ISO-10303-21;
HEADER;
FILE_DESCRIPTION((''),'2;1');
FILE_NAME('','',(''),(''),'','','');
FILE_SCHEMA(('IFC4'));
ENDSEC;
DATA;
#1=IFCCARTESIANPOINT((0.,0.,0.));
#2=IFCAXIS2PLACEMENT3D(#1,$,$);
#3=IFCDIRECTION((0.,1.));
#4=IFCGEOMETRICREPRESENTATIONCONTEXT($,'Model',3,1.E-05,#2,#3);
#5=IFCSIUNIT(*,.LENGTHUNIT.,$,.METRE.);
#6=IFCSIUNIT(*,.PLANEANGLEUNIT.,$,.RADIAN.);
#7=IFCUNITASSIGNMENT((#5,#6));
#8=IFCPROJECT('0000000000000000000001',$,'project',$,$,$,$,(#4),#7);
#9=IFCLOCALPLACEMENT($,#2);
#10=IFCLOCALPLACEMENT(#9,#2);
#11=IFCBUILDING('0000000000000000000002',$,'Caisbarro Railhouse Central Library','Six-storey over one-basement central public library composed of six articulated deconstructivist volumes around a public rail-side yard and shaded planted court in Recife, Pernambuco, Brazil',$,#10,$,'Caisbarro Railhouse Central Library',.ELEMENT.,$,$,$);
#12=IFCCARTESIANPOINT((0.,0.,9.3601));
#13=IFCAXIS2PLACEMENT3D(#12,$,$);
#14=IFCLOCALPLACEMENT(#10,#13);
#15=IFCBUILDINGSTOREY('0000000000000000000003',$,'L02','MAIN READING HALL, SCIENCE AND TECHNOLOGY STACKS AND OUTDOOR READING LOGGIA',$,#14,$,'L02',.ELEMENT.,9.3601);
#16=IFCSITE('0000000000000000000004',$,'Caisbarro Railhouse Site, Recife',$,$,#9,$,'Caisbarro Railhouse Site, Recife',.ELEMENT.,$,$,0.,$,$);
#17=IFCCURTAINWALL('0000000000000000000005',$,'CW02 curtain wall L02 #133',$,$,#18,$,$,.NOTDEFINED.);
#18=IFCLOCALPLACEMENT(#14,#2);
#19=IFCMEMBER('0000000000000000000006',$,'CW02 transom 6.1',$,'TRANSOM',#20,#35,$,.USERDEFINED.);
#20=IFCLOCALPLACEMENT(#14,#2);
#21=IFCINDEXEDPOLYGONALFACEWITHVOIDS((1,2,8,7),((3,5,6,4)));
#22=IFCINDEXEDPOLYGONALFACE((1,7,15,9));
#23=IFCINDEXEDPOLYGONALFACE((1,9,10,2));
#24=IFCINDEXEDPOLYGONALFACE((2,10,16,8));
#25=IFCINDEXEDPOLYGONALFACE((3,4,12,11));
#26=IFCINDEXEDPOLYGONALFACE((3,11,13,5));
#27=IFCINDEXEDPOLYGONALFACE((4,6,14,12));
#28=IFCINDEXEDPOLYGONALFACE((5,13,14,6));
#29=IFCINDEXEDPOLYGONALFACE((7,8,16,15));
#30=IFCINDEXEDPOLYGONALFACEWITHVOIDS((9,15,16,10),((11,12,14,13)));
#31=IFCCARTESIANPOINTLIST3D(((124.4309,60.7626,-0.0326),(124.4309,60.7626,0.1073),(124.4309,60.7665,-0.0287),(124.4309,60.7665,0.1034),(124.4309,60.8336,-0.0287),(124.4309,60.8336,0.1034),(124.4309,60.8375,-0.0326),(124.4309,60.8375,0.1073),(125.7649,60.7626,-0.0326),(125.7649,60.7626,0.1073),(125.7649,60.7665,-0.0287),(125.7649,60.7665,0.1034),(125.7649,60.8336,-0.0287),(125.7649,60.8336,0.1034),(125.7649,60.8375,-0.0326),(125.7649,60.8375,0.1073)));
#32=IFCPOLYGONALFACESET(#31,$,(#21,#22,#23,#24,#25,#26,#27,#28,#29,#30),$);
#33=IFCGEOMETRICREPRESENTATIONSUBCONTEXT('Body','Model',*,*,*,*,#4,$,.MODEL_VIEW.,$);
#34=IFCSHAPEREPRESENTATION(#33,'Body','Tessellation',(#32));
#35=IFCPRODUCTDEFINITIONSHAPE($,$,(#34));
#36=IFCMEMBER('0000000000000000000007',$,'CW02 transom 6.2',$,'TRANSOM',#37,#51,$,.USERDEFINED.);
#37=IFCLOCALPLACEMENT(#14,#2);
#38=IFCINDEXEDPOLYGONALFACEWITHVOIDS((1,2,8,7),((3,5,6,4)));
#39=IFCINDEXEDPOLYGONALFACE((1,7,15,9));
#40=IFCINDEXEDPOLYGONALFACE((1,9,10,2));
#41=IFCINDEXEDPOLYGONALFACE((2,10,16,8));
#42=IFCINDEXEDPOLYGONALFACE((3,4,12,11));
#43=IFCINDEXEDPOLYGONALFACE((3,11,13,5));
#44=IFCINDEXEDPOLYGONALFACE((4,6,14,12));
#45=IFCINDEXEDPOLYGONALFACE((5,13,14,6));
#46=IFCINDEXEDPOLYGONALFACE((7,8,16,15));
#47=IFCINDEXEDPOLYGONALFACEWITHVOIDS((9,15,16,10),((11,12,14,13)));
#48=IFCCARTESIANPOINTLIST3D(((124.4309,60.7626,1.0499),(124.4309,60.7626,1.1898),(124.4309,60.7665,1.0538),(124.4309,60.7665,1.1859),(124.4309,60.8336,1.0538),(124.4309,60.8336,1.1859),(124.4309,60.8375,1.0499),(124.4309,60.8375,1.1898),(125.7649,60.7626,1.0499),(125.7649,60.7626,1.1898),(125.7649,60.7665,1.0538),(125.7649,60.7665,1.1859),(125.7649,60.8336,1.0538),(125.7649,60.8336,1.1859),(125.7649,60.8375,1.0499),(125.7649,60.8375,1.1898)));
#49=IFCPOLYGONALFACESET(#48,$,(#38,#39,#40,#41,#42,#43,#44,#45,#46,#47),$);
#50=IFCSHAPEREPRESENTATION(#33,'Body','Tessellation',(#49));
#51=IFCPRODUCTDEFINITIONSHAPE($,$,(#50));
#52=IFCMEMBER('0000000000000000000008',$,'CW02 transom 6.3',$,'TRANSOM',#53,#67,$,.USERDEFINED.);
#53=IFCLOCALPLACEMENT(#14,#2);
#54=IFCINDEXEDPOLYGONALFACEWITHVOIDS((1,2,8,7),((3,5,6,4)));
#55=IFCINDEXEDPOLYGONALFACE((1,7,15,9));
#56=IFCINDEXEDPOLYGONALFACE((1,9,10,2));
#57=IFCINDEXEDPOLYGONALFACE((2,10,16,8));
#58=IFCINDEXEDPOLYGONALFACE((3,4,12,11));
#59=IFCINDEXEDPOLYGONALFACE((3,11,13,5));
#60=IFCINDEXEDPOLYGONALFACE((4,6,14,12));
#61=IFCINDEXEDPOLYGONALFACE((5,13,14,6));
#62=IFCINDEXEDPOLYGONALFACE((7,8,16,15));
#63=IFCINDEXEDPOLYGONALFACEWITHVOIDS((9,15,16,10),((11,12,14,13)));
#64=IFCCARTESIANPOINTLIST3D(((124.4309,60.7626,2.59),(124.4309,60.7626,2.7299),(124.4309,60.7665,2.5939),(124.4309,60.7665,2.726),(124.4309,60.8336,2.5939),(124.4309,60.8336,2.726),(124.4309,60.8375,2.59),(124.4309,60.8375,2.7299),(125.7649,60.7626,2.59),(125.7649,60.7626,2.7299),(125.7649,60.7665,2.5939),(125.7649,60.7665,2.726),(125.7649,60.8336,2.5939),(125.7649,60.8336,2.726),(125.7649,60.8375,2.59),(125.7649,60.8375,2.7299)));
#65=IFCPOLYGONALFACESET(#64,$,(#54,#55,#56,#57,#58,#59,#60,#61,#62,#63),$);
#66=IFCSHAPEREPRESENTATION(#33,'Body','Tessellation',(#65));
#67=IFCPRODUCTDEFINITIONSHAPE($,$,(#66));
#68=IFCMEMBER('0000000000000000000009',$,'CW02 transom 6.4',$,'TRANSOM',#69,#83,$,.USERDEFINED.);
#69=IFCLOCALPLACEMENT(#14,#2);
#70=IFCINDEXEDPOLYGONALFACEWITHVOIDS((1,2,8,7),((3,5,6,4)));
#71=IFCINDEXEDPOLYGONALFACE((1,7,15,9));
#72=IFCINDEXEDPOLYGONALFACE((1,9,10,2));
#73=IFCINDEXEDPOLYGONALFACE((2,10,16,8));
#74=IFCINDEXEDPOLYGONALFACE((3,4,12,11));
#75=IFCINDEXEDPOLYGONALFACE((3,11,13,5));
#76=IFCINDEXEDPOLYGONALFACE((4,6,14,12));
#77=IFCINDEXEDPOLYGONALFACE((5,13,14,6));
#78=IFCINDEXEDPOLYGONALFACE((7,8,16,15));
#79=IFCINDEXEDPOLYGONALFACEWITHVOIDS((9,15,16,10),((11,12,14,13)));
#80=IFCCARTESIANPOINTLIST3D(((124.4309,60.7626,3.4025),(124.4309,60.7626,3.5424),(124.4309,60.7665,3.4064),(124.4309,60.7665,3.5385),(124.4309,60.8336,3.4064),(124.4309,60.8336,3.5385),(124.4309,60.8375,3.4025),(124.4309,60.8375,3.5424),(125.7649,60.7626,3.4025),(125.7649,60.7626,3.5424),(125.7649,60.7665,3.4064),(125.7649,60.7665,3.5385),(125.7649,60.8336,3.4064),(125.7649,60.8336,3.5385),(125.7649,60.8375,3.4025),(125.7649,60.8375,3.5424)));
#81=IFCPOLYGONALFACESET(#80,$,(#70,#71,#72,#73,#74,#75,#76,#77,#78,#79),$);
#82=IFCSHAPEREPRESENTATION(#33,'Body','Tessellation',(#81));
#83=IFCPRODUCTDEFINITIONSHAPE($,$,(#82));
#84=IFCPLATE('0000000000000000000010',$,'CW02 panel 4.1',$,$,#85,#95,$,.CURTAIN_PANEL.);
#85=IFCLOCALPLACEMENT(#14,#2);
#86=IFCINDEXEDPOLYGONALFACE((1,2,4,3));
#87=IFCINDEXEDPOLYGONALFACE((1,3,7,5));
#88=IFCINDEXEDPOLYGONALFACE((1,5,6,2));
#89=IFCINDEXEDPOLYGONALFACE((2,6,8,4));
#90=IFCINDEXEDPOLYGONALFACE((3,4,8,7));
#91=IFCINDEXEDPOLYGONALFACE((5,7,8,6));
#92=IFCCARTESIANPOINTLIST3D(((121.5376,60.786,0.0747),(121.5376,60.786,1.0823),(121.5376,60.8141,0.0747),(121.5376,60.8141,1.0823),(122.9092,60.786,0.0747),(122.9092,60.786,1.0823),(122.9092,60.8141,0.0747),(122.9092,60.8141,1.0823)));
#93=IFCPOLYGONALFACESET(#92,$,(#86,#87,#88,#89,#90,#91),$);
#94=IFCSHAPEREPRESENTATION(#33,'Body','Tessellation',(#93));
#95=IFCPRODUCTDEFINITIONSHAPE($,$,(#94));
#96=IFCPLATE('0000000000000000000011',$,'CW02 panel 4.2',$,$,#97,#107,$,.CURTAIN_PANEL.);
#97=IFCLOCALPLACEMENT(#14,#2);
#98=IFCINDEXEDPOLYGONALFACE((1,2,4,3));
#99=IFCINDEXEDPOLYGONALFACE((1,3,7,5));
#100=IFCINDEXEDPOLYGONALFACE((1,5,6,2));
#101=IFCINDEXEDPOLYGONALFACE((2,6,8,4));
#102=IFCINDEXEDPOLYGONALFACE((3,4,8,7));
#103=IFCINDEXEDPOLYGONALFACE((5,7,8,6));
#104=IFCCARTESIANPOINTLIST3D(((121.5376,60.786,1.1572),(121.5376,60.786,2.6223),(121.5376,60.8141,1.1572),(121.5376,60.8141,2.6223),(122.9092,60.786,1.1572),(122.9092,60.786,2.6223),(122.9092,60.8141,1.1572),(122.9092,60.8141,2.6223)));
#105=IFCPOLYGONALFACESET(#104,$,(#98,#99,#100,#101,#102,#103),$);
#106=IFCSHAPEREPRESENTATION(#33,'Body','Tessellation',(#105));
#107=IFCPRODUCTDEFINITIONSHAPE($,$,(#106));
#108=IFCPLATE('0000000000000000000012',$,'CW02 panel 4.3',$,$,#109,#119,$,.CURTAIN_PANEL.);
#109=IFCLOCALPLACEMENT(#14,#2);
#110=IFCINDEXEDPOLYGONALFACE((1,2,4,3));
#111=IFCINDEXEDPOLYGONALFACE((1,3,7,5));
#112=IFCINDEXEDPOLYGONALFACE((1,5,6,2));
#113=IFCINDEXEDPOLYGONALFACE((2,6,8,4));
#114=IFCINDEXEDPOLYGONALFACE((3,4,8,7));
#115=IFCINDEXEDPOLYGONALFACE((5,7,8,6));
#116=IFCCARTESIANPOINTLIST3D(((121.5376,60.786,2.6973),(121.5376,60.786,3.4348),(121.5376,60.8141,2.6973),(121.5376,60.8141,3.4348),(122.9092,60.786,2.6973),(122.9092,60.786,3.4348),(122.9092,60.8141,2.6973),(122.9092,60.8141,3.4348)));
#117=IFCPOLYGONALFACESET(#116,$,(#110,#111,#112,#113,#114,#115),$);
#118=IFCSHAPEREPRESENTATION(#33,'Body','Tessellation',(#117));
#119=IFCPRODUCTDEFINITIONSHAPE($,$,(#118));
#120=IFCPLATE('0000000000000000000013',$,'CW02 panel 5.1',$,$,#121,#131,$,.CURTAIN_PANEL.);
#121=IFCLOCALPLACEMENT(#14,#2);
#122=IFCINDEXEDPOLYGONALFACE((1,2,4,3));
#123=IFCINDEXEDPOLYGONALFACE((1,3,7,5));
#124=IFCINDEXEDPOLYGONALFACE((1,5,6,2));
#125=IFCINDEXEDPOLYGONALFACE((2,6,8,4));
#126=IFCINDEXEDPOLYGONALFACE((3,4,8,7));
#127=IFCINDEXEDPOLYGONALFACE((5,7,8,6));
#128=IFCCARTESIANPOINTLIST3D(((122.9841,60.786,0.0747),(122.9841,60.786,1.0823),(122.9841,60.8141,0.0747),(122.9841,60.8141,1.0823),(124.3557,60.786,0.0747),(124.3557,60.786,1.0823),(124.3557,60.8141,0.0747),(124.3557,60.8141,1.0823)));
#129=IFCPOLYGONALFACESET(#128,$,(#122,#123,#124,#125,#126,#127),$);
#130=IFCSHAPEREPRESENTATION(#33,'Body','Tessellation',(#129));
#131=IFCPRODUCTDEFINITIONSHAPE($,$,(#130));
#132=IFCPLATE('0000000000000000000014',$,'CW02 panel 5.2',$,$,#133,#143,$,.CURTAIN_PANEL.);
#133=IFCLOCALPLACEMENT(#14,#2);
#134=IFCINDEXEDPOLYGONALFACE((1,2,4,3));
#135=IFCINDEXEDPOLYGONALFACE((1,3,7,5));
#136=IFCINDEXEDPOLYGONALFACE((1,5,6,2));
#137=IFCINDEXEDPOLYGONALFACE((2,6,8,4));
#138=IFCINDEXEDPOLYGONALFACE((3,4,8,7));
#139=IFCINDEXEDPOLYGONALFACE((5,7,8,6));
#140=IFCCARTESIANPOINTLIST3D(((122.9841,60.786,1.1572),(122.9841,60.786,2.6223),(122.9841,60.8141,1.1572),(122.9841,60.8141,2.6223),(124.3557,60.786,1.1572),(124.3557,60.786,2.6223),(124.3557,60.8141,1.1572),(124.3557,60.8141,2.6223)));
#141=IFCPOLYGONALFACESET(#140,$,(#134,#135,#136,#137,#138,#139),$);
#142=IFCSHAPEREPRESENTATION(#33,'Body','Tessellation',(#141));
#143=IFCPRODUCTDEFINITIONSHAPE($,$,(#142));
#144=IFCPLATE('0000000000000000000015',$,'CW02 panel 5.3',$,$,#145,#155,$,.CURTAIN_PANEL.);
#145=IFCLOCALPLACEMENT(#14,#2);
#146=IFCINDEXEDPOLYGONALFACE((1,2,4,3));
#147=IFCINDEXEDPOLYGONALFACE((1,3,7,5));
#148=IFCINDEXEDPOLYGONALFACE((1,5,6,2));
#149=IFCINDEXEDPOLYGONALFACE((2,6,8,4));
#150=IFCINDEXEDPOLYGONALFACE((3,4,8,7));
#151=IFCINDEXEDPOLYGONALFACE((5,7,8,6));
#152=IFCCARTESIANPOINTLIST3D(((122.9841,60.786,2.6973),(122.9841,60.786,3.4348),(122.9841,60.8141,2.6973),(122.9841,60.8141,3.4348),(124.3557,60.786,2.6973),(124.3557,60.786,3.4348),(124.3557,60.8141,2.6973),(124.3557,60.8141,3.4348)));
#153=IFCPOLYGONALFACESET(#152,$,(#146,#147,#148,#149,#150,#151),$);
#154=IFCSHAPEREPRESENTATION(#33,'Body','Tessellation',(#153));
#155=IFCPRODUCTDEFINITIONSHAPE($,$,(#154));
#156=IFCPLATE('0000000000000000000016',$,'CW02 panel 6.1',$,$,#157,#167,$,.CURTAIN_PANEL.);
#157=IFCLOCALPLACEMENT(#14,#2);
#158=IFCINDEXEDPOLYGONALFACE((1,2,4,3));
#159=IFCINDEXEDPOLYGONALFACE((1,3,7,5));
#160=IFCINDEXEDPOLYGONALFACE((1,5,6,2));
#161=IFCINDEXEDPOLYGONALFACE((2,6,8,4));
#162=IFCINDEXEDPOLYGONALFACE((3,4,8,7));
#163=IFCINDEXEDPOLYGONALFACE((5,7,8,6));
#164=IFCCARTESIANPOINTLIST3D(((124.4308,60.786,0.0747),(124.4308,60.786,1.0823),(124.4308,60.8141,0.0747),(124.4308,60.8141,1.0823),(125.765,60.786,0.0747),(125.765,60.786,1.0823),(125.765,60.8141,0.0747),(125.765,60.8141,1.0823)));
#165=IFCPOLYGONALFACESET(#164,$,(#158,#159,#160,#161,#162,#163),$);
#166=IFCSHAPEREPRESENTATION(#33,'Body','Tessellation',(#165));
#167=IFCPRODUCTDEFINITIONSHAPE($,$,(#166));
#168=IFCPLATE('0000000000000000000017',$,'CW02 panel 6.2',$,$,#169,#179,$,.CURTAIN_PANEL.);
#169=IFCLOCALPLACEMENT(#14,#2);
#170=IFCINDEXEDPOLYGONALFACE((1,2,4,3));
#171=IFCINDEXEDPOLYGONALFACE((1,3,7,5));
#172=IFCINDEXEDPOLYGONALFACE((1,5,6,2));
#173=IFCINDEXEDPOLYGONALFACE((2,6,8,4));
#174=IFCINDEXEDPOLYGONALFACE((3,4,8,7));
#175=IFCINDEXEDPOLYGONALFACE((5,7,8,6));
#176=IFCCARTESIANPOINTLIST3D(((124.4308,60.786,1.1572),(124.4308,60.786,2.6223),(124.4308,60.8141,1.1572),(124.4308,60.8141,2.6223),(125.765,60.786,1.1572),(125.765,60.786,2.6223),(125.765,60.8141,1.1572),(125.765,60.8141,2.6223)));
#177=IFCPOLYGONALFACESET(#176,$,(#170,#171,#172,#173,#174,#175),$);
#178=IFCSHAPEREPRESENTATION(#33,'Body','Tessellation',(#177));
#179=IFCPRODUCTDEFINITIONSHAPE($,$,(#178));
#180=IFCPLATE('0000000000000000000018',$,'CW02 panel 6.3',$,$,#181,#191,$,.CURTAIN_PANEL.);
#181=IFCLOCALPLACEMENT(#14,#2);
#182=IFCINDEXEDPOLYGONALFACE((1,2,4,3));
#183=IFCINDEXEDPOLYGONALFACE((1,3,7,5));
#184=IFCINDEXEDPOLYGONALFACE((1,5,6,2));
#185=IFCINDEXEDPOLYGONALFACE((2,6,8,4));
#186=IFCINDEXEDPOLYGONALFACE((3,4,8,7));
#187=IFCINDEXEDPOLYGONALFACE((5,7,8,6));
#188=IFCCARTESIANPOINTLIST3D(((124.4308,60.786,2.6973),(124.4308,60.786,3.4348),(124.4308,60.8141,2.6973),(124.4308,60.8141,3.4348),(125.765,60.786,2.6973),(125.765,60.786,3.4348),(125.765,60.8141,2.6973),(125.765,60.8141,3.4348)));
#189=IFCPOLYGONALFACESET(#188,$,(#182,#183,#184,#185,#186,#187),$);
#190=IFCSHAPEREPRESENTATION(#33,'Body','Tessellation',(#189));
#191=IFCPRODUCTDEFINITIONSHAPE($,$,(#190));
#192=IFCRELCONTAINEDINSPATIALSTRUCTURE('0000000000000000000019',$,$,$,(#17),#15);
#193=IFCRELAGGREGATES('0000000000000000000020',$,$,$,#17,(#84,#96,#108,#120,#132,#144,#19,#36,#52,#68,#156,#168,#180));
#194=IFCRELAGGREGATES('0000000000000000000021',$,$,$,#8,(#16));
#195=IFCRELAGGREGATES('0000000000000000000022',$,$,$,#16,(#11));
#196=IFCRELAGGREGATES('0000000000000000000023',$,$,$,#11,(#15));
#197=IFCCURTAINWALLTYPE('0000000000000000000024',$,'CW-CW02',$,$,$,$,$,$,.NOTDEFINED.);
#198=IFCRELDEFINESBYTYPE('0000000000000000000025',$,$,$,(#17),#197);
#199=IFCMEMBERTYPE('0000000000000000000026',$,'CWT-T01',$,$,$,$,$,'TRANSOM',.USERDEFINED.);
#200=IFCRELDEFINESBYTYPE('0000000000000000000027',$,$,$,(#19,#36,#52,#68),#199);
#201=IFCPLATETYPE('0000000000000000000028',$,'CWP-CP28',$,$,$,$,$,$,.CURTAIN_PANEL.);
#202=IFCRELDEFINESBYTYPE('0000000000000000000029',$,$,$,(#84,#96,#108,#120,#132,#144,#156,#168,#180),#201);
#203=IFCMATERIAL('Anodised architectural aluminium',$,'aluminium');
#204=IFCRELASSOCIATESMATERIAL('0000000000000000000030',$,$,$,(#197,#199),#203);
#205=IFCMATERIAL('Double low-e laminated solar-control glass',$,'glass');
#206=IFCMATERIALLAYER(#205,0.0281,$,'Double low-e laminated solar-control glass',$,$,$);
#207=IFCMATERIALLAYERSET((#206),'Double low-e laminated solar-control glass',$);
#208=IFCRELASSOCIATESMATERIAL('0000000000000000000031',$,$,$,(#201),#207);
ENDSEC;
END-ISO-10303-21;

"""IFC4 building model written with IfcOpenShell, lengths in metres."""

from ifc_helpers import new_model, si_unit, direction, frame, origin, origin_2d, place, context, subcontext, project, spatial, rectangle, hollow_rectangle, extrude, material, layer, layer_set, material_profile, profile_set, type_object, element, aggregate, save


model = new_model("IFC4")

# Units and contexts
model_context = context("Model", 3, precision=1e-05, world=origin(), true_north=direction((0.0, 1.0)))
body_context = subcontext(model_context, "Body", "Model", "MODEL_VIEW")
ifc_project = project(units=[si_unit("LENGTHUNIT", "METRE"), si_unit("PLANEANGLEUNIT", "RADIAN")], contexts=[model_context])

# Site, building, storey
site_placement = place(None, origin())
site = spatial("IfcSite", under=ifc_project, at=site_placement, Name="Caisbarro Railhouse Site, Recife", LongName="Caisbarro Railhouse Site, Recife", CompositionType="ELEMENT", RefElevation=0.0)
building_placement = place(site_placement, origin())
building = spatial("IfcBuilding", under=site, at=building_placement, Name="Caisbarro Railhouse Central Library", Description="Six-storey over one-basement central public library composed of six articulated deconstructivist volumes around a public rail-side yard and shaded planted court in Recife, Pernambuco, Brazil", LongName="Caisbarro Railhouse Central Library", CompositionType="ELEMENT")
storey_placement = place(building_placement, frame((0.0, 0.0, 9.3601)))
storey = spatial("IfcBuildingStorey", under=building, at=storey_placement, Name="L02", Description="MAIN READING HALL, SCIENCE AND TECHNOLOGY STACKS AND OUTDOOR READING LOGGIA", LongName="L02", CompositionType="ELEMENT", Elevation=9.3601)

# Curtain wall, members, plates
ifc_material_1 = material(Name="Anodised architectural aluminium", Category="aluminium")
curtain_wall_type = type_object("IfcCurtainWallType", Name="CW-CW02", PredefinedType="NOTDEFINED", material=ifc_material_1)
curtain_wall_placement = place(storey_placement, origin())
curtain_wall = element("IfcCurtainWall", 1, at=curtain_wall_placement, inside=storey, type_object=curtain_wall_type, Name="CW02 curtain wall L02 #133", PredefinedType="NOTDEFINED")
ifc_material_profile_1 = material_profile(ifc_material_1, hollow_rectangle(XDim=0.075, YDim=0.1399, WallThickness=0.0039, at=origin_2d()), Name="ALU-TRN-75X140")
ifc_profile_set_1 = profile_set([ifc_material_profile_1], Name="Anodised architectural aluminium")
member_type_1 = type_object("IfcMemberType", Name="CWT-T01", ElementType="TRANSOM", PredefinedType="USERDEFINED", material=ifc_profile_set_1)
member_1_placement = place(storey_placement, frame((124.4309, 60.8, 0.0374), z_axis=(1.0, 0.0, 0.0), x_axis=(0.0, 1.0, 0.0)))
member_1 = element("IfcMember", 2, at=member_1_placement, type_object=member_type_1, Name="CW02 transom 6.1", ObjectType="TRANSOM", PredefinedType="USERDEFINED", context=body_context, shape_type="SweptSolid", body=[
    extrude(hollow_rectangle(XDim=0.075, YDim=0.1399, WallThickness=0.0039, at=origin_2d()), origin(), (0.0, 0.0, 1.0), 1.334),
])
member_2_placement = place(storey_placement, frame((124.4309, 60.8, 1.1199), z_axis=(1.0, 0.0, 0.0), x_axis=(0.0, 1.0, 0.0)))
member_2 = element("IfcMember", 3, at=member_2_placement, type_object=member_type_1, Name="CW02 transom 6.2", ObjectType="TRANSOM", PredefinedType="USERDEFINED", context=body_context, shape_type="SweptSolid", body=[
    extrude(hollow_rectangle(XDim=0.075, YDim=0.1399, WallThickness=0.0039, at=origin_2d()), origin(), (0.0, 0.0, 1.0), 1.334),
])
member_3_placement = place(storey_placement, frame((124.4309, 60.8, 2.6599), z_axis=(1.0, 0.0, 0.0), x_axis=(0.0, 1.0, 0.0)))
member_3 = element("IfcMember", 4, at=member_3_placement, type_object=member_type_1, Name="CW02 transom 6.3", ObjectType="TRANSOM", PredefinedType="USERDEFINED", context=body_context, shape_type="SweptSolid", body=[
    extrude(hollow_rectangle(XDim=0.075, YDim=0.1399, WallThickness=0.0039, at=origin_2d()), origin(), (0.0, 0.0, 1.0), 1.334),
])
member_4_placement = place(storey_placement, frame((124.4309, 60.8, 3.4724), z_axis=(1.0, 0.0, 0.0), x_axis=(0.0, 1.0, 0.0)))
member_4 = element("IfcMember", 5, at=member_4_placement, type_object=member_type_1, Name="CW02 transom 6.4", ObjectType="TRANSOM", PredefinedType="USERDEFINED", context=body_context, shape_type="SweptSolid", body=[
    extrude(hollow_rectangle(XDim=0.075, YDim=0.1399, WallThickness=0.0039, at=origin_2d()), origin(), (0.0, 0.0, 1.0), 1.334),
])
ifc_material_2 = material(Name="Double low-e laminated solar-control glass", Category="glass")
ifc_layer_1 = layer(ifc_material_2, 0.0281, Name="Double low-e laminated solar-control glass")
ifc_layer_set_1 = layer_set([ifc_layer_1], Name="Double low-e laminated solar-control glass")
plate_type_1 = type_object("IfcPlateType", Name="CWP-CP28", PredefinedType="CURTAIN_PANEL", material=ifc_layer_set_1)
plate_1_placement = place(storey_placement, frame((122.2234, 60.8, 0.0747), z_axis=(0.0, 0.0, 1.0), x_axis=(1.0, 0.0, 0.0)))
plate_1 = element("IfcPlate", 6, at=plate_1_placement, type_object=plate_type_1, Name="CW02 panel 4.1", PredefinedType="CURTAIN_PANEL", context=body_context, shape_type="SweptSolid", body=[
    extrude(rectangle(XDim=1.3716, YDim=0.0281, at=origin_2d()), origin(), (0.0, 0.0, 1.0), 1.0076),
])
plate_2_placement = place(storey_placement, frame((122.2234, 60.8, 1.1572), z_axis=(0.0, 0.0, 1.0), x_axis=(1.0, 0.0, 0.0)))
plate_2 = element("IfcPlate", 7, at=plate_2_placement, type_object=plate_type_1, Name="CW02 panel 4.2", PredefinedType="CURTAIN_PANEL", context=body_context, shape_type="SweptSolid", body=[
    extrude(rectangle(XDim=1.3716, YDim=0.0281, at=origin_2d()), origin(), (0.0, 0.0, 1.0), 1.4651),
])
plate_3_placement = place(storey_placement, frame((122.2234, 60.8, 2.6973), z_axis=(0.0, 0.0, 1.0), x_axis=(1.0, 0.0, 0.0)))
plate_3 = element("IfcPlate", 8, at=plate_3_placement, type_object=plate_type_1, Name="CW02 panel 4.3", PredefinedType="CURTAIN_PANEL", context=body_context, shape_type="SweptSolid", body=[
    extrude(rectangle(XDim=1.3716, YDim=0.0281, at=origin_2d()), origin(), (0.0, 0.0, 1.0), 0.7375),
])
plate_4_placement = place(storey_placement, frame((123.6699, 60.8, 0.0747), z_axis=(0.0, 0.0, 1.0), x_axis=(1.0, 0.0, 0.0)))
plate_4 = element("IfcPlate", 9, at=plate_4_placement, type_object=plate_type_1, Name="CW02 panel 5.1", PredefinedType="CURTAIN_PANEL", context=body_context, shape_type="SweptSolid", body=[
    extrude(rectangle(XDim=1.3716, YDim=0.0281, at=origin_2d()), origin(), (0.0, 0.0, 1.0), 1.0076),
])
plate_5_placement = place(storey_placement, frame((123.6699, 60.8, 1.1572), z_axis=(0.0, 0.0, 1.0), x_axis=(1.0, 0.0, 0.0)))
plate_5 = element("IfcPlate", 10, at=plate_5_placement, type_object=plate_type_1, Name="CW02 panel 5.2", PredefinedType="CURTAIN_PANEL", context=body_context, shape_type="SweptSolid", body=[
    extrude(rectangle(XDim=1.3716, YDim=0.0281, at=origin_2d()), origin(), (0.0, 0.0, 1.0), 1.4651),
])
plate_6_placement = place(storey_placement, frame((123.6699, 60.8, 2.6973), z_axis=(0.0, 0.0, 1.0), x_axis=(1.0, 0.0, 0.0)))
plate_6 = element("IfcPlate", 11, at=plate_6_placement, type_object=plate_type_1, Name="CW02 panel 5.3", PredefinedType="CURTAIN_PANEL", context=body_context, shape_type="SweptSolid", body=[
    extrude(rectangle(XDim=1.3716, YDim=0.0281, at=origin_2d()), origin(), (0.0, 0.0, 1.0), 0.7375),
])
plate_7_placement = place(storey_placement, frame((125.0979, 60.8, 0.0747), z_axis=(0.0, 0.0, 1.0), x_axis=(1.0, 0.0, 0.0)))
plate_7 = element("IfcPlate", 12, at=plate_7_placement, type_object=plate_type_1, Name="CW02 panel 6.1", PredefinedType="CURTAIN_PANEL", context=body_context, shape_type="SweptSolid", body=[
    extrude(rectangle(XDim=1.3342, YDim=0.0281, at=origin_2d()), origin(), (0.0, 0.0, 1.0), 1.0076),
])
plate_8_placement = place(storey_placement, frame((125.0979, 60.8, 1.1572), z_axis=(0.0, 0.0, 1.0), x_axis=(1.0, 0.0, 0.0)))
plate_8 = element("IfcPlate", 13, at=plate_8_placement, type_object=plate_type_1, Name="CW02 panel 6.2", PredefinedType="CURTAIN_PANEL", context=body_context, shape_type="SweptSolid", body=[
    extrude(rectangle(XDim=1.3342, YDim=0.0281, at=origin_2d()), origin(), (0.0, 0.0, 1.0), 1.4651),
])
plate_9_placement = place(storey_placement, frame((125.0979, 60.8, 2.6973), z_axis=(0.0, 0.0, 1.0), x_axis=(1.0, 0.0, 0.0)))
plate_9 = element("IfcPlate", 14, at=plate_9_placement, type_object=plate_type_1, Name="CW02 panel 6.3", PredefinedType="CURTAIN_PANEL", context=body_context, shape_type="SweptSolid", body=[
    extrude(rectangle(XDim=1.3342, YDim=0.0281, at=origin_2d()), origin(), (0.0, 0.0, 1.0), 0.7375),
])
aggregate(curtain_wall, [plate_1, plate_2, plate_3, plate_4, plate_5, plate_6, member_1, member_2, member_3, member_4, plate_7, plate_8, plate_9])

save(model, "model.ifc")
